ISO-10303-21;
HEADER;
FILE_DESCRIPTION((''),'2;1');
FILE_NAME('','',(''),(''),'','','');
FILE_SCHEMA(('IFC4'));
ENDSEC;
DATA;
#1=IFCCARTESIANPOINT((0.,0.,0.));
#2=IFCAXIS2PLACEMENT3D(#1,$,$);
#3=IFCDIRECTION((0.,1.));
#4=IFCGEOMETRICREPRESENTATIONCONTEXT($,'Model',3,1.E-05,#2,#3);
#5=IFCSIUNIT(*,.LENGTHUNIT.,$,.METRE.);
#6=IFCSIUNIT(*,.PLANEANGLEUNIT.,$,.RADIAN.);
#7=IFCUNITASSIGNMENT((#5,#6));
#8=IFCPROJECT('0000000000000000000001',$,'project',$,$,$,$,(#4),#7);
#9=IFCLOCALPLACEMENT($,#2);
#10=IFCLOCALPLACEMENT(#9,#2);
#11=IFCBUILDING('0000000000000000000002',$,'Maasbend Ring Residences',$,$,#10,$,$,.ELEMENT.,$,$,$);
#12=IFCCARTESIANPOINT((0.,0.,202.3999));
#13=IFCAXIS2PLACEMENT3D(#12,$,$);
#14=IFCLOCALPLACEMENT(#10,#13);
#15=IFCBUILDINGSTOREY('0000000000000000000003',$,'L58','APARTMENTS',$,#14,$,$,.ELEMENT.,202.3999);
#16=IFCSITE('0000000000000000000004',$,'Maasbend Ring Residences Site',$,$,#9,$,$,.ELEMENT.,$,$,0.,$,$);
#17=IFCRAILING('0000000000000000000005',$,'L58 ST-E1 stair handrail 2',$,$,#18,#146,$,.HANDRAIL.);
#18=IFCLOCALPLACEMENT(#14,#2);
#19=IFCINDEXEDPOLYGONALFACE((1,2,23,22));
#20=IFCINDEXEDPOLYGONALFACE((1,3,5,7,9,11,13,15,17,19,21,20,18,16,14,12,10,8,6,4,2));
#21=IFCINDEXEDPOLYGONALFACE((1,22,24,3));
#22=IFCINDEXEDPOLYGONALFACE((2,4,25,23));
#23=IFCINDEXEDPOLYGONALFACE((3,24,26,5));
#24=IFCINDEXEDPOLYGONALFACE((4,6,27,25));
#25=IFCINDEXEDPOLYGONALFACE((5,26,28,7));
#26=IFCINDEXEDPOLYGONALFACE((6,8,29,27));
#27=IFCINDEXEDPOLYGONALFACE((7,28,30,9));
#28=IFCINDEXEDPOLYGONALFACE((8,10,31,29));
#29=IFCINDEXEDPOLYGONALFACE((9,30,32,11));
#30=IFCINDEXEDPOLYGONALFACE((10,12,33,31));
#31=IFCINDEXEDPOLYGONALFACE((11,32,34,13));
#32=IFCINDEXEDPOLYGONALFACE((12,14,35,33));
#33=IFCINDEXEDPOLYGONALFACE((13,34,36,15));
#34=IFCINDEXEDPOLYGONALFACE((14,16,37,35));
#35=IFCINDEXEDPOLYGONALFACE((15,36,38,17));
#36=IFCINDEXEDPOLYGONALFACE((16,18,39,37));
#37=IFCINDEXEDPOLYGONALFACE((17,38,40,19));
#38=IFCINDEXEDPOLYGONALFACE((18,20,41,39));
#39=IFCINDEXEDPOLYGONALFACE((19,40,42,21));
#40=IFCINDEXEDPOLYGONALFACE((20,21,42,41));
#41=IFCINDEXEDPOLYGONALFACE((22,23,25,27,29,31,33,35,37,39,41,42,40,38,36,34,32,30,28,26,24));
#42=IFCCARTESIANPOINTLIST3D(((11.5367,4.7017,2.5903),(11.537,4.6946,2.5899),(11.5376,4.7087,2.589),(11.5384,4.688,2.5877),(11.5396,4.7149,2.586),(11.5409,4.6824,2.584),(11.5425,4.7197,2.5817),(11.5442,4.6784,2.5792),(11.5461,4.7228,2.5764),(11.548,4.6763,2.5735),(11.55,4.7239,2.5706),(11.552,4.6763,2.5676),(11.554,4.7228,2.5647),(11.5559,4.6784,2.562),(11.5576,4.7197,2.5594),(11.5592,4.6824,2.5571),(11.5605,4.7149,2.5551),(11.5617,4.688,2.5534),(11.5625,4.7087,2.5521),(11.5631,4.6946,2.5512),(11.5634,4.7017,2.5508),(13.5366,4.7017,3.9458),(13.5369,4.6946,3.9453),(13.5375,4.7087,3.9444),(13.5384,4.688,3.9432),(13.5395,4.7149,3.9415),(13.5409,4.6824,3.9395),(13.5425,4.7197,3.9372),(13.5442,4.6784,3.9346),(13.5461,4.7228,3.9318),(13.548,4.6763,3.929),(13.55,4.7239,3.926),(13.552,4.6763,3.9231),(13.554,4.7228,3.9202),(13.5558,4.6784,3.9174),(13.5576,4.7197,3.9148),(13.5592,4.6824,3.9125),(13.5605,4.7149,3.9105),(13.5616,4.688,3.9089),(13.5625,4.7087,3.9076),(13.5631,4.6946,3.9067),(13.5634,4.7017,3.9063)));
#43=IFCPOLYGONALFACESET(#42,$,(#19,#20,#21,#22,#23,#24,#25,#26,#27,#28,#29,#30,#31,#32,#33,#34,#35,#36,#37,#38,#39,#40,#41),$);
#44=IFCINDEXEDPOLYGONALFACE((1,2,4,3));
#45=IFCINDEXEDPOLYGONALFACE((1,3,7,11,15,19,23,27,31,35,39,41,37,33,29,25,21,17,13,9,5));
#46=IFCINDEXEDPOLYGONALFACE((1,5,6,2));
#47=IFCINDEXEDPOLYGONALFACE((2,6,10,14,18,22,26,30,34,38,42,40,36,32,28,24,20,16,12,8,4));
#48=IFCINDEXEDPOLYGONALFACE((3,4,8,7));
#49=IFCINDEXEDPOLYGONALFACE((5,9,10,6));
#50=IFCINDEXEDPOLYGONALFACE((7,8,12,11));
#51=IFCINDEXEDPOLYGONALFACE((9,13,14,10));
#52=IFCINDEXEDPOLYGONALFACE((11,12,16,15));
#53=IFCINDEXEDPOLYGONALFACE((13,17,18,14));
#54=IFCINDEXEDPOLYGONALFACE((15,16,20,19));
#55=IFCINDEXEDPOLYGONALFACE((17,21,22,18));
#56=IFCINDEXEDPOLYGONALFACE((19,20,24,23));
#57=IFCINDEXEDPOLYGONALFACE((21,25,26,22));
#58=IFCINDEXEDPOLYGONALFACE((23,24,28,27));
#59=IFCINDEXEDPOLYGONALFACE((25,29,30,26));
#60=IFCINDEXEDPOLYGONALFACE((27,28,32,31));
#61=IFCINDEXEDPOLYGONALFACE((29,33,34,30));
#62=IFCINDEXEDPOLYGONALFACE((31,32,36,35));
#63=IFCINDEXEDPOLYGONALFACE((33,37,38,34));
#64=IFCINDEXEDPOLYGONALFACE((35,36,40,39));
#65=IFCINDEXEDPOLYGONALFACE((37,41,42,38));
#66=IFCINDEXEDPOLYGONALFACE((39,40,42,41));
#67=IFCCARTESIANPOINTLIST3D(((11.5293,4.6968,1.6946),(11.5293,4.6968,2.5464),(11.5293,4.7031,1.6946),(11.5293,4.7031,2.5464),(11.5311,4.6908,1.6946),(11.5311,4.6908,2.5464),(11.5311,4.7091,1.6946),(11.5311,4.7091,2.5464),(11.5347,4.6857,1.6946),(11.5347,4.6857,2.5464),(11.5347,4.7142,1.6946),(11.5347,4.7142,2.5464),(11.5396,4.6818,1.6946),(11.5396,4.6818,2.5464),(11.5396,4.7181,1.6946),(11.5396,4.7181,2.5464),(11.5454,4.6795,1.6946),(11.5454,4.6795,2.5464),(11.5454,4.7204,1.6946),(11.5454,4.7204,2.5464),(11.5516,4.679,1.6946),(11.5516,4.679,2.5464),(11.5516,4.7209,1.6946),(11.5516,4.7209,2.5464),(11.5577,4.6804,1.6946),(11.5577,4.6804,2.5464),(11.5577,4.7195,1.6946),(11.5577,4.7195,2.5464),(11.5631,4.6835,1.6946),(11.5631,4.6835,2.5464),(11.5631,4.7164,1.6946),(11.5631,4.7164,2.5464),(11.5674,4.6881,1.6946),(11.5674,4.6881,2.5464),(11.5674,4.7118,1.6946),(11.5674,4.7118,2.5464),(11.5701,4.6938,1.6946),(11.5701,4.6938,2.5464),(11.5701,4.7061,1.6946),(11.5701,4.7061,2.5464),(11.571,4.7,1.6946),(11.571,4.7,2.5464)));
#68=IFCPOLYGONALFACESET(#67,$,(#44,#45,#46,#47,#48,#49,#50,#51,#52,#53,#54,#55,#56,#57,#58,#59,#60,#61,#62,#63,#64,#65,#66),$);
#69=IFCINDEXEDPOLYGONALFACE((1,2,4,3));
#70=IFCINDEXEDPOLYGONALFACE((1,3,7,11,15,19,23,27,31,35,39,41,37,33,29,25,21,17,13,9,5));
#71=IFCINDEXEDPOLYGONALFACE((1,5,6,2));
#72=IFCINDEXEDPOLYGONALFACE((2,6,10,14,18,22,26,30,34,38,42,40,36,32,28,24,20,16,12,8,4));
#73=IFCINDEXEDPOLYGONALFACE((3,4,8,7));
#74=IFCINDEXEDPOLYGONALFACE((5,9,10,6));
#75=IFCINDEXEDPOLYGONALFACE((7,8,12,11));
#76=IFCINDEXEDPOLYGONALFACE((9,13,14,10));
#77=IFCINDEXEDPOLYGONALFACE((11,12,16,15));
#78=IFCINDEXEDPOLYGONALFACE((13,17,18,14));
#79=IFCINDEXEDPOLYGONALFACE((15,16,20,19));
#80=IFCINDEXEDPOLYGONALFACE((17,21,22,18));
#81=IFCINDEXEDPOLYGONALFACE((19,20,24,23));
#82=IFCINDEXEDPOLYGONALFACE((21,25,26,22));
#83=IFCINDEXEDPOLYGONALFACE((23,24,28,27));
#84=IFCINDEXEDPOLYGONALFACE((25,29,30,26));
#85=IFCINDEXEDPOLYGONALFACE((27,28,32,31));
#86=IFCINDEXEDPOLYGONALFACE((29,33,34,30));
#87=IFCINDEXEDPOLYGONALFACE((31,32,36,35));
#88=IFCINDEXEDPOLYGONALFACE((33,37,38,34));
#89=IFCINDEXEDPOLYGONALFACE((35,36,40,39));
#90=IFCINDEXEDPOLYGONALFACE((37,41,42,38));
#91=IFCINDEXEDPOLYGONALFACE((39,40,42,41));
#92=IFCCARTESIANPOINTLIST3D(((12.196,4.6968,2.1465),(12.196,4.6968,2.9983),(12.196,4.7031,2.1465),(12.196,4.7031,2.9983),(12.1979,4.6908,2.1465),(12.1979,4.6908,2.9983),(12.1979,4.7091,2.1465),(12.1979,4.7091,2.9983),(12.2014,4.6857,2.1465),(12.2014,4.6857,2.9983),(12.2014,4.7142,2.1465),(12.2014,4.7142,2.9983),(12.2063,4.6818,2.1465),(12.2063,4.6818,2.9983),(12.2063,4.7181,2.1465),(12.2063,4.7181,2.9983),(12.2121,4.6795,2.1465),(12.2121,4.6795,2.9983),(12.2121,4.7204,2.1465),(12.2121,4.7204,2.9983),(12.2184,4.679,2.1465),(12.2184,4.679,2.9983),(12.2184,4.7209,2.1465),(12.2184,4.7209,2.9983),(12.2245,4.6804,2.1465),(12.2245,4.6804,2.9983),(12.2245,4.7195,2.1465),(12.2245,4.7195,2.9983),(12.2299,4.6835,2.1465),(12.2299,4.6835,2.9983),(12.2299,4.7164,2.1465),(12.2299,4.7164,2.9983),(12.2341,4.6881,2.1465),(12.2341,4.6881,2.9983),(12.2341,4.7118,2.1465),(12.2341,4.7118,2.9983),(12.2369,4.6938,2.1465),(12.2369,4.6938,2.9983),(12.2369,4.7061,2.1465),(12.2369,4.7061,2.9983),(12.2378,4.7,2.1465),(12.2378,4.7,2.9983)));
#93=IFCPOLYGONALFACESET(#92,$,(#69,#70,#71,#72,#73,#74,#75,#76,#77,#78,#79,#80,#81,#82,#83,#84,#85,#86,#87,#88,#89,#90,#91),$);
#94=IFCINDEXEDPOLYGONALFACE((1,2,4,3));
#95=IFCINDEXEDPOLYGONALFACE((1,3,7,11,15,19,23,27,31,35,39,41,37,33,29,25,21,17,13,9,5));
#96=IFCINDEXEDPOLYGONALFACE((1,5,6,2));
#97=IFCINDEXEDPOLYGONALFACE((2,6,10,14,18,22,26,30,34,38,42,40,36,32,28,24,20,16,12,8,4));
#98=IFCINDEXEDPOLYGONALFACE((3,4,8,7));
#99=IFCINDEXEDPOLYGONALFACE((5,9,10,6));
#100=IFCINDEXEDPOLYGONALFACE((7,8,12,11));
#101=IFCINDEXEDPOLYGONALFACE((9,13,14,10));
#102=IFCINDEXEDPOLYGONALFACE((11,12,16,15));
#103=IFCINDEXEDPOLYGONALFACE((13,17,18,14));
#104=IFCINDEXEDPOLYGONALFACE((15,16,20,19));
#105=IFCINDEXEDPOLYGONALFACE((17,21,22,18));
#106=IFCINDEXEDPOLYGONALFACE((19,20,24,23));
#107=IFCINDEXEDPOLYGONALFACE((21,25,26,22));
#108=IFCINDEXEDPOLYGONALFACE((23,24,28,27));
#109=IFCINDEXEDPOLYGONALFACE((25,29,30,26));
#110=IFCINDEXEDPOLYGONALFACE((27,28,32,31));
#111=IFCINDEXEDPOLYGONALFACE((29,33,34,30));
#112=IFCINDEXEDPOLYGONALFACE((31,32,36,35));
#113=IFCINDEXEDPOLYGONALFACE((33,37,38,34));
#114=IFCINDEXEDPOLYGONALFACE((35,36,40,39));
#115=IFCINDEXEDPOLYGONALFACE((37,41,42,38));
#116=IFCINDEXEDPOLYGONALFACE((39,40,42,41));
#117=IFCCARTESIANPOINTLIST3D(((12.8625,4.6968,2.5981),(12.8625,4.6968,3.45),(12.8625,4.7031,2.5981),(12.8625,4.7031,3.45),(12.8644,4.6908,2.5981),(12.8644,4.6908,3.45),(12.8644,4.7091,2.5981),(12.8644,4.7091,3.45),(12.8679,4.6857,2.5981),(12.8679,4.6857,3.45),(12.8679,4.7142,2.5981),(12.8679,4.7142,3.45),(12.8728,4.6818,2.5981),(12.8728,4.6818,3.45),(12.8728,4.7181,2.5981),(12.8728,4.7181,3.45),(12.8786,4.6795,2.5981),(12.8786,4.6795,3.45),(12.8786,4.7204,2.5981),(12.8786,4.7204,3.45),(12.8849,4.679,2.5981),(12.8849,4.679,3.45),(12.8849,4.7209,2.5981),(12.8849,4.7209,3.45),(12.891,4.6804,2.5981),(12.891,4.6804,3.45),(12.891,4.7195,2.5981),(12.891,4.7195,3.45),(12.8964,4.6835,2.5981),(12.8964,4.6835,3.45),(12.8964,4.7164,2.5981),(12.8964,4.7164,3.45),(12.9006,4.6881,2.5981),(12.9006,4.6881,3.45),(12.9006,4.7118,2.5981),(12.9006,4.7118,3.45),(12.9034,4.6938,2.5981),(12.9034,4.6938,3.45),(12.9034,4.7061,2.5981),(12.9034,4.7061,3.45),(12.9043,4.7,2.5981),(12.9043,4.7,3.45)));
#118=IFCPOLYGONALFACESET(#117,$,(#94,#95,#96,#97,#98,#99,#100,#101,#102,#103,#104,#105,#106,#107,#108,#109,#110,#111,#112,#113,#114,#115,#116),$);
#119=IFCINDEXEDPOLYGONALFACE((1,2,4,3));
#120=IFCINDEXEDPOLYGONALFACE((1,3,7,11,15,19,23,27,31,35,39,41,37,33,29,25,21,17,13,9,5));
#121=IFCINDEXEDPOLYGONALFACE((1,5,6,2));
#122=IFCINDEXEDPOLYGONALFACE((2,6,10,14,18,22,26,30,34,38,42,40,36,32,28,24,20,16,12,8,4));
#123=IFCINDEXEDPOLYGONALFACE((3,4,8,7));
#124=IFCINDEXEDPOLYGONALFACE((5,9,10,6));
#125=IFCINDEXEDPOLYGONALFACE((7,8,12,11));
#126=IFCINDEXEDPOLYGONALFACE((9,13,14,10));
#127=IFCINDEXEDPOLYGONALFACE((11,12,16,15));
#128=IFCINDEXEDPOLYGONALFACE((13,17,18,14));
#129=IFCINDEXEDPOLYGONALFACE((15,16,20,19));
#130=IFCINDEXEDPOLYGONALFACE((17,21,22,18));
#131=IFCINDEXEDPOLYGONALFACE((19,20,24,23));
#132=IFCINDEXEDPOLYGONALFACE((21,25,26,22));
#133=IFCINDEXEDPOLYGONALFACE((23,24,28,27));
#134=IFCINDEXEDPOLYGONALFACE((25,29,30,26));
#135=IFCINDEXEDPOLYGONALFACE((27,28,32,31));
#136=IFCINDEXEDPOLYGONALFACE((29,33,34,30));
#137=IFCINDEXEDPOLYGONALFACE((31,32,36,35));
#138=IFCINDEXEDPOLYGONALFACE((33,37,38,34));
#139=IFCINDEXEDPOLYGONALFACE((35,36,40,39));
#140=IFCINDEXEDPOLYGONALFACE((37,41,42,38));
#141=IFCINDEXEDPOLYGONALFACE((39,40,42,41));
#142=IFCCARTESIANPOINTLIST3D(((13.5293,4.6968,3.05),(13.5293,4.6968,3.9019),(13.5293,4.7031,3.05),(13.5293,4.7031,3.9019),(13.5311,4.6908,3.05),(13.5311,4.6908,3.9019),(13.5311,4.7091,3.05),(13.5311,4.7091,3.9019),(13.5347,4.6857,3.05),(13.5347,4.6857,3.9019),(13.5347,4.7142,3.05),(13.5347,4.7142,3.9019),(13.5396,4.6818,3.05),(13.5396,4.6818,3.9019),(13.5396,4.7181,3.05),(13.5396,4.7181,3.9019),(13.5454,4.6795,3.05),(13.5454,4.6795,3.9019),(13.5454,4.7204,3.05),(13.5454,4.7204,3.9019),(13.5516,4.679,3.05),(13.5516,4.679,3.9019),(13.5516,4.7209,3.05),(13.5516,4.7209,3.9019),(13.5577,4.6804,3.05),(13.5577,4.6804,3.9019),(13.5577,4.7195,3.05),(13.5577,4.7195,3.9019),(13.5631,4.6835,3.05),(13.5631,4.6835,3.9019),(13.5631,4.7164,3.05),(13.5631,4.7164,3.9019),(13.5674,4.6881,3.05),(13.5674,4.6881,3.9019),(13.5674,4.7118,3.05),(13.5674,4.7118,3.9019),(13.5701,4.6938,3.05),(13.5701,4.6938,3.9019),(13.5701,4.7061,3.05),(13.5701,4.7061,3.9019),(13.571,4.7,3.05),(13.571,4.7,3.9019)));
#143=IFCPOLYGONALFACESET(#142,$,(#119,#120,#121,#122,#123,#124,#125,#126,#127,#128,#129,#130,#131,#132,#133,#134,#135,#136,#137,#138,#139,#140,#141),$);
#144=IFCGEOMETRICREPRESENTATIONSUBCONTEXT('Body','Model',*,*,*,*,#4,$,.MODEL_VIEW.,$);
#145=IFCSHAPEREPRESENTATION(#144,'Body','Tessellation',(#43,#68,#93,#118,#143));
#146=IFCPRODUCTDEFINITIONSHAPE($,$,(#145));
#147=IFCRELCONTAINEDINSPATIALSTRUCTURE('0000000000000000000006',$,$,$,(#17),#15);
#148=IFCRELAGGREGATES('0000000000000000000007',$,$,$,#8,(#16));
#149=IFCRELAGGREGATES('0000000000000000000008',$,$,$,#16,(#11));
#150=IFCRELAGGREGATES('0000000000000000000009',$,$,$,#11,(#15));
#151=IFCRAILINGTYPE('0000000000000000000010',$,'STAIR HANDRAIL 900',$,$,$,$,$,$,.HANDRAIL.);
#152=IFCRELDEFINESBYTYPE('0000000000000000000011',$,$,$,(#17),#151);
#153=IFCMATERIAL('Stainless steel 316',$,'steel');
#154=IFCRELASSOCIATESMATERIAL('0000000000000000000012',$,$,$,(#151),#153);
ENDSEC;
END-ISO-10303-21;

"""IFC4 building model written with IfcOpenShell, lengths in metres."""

from ifc_helpers import new_model, si_unit, direction, frame, origin, origin_2d, place, context, subcontext, project, spatial, circle, extrude, material, type_object, element, save


model = new_model("IFC4")

# Units and contexts
model_context = context("Model", 3, precision=1e-05, world=origin(), true_north=direction((0.0, 1.0)))
body_context = subcontext(model_context, "Body", "Model", "MODEL_VIEW")
ifc_project = project(units=[si_unit("LENGTHUNIT", "METRE"), si_unit("PLANEANGLEUNIT", "RADIAN")], contexts=[model_context])

# Site, building, storey
site_placement = place(None, origin())
site = spatial("IfcSite", under=ifc_project, at=site_placement, Name="Maasbend Ring Residences Site", CompositionType="ELEMENT", RefElevation=0.0)
building_placement = place(site_placement, origin())
building = spatial("IfcBuilding", under=site, at=building_placement, Name="Maasbend Ring Residences", CompositionType="ELEMENT")
storey_placement = place(building_placement, frame((0.0, 0.0, 202.3999)))
storey = spatial("IfcBuildingStorey", under=building, at=storey_placement, Name="L58", Description="APARTMENTS", CompositionType="ELEMENT", Elevation=202.3999)

# Railing
ifc_material_1 = material(Name="Stainless steel 316", Category="steel")
railing_type_1 = type_object("IfcRailingType", Name="STAIR HANDRAIL 900", PredefinedType="HANDRAIL", material=ifc_material_1)
railing_1_placement = place(storey_placement, frame((11.55, 4.7, 1.6946)))
element("IfcRailing", 1, at=railing_1_placement, inside=storey, type_object=railing_type_1, Name="L58 ST-E1 stair handrail 2", PredefinedType="HANDRAIL", context=body_context, shape_type="SweptSolid", body=[
    extrude(circle(Radius=0.0239, at=origin_2d()), frame((0.0, 0.0, 0.876), z_axis=(0.827798, 0.0, 0.561027), x_axis=(0.0, 1.0, 0.0)), (0.0, 0.0, 1.0), 2.416),
    extrude(circle(Radius=0.021, at=origin_2d()), origin(), (0.0, 0.0, 1.0), 0.8518),
    extrude(circle(Radius=0.021, at=origin_2d()), frame((0.6667, 0.0, 0.4519)), (0.0, 0.0, 1.0), 0.8518),
    extrude(circle(Radius=0.021, at=origin_2d()), frame((1.3333, 0.0, 0.9036)), (0.0, 0.0, 1.0), 0.8518),
    extrude(circle(Radius=0.021, at=origin_2d()), frame((2.0, 0.0, 1.3555)), (0.0, 0.0, 1.0), 0.8518),
])

save(model, "model.ifc")
